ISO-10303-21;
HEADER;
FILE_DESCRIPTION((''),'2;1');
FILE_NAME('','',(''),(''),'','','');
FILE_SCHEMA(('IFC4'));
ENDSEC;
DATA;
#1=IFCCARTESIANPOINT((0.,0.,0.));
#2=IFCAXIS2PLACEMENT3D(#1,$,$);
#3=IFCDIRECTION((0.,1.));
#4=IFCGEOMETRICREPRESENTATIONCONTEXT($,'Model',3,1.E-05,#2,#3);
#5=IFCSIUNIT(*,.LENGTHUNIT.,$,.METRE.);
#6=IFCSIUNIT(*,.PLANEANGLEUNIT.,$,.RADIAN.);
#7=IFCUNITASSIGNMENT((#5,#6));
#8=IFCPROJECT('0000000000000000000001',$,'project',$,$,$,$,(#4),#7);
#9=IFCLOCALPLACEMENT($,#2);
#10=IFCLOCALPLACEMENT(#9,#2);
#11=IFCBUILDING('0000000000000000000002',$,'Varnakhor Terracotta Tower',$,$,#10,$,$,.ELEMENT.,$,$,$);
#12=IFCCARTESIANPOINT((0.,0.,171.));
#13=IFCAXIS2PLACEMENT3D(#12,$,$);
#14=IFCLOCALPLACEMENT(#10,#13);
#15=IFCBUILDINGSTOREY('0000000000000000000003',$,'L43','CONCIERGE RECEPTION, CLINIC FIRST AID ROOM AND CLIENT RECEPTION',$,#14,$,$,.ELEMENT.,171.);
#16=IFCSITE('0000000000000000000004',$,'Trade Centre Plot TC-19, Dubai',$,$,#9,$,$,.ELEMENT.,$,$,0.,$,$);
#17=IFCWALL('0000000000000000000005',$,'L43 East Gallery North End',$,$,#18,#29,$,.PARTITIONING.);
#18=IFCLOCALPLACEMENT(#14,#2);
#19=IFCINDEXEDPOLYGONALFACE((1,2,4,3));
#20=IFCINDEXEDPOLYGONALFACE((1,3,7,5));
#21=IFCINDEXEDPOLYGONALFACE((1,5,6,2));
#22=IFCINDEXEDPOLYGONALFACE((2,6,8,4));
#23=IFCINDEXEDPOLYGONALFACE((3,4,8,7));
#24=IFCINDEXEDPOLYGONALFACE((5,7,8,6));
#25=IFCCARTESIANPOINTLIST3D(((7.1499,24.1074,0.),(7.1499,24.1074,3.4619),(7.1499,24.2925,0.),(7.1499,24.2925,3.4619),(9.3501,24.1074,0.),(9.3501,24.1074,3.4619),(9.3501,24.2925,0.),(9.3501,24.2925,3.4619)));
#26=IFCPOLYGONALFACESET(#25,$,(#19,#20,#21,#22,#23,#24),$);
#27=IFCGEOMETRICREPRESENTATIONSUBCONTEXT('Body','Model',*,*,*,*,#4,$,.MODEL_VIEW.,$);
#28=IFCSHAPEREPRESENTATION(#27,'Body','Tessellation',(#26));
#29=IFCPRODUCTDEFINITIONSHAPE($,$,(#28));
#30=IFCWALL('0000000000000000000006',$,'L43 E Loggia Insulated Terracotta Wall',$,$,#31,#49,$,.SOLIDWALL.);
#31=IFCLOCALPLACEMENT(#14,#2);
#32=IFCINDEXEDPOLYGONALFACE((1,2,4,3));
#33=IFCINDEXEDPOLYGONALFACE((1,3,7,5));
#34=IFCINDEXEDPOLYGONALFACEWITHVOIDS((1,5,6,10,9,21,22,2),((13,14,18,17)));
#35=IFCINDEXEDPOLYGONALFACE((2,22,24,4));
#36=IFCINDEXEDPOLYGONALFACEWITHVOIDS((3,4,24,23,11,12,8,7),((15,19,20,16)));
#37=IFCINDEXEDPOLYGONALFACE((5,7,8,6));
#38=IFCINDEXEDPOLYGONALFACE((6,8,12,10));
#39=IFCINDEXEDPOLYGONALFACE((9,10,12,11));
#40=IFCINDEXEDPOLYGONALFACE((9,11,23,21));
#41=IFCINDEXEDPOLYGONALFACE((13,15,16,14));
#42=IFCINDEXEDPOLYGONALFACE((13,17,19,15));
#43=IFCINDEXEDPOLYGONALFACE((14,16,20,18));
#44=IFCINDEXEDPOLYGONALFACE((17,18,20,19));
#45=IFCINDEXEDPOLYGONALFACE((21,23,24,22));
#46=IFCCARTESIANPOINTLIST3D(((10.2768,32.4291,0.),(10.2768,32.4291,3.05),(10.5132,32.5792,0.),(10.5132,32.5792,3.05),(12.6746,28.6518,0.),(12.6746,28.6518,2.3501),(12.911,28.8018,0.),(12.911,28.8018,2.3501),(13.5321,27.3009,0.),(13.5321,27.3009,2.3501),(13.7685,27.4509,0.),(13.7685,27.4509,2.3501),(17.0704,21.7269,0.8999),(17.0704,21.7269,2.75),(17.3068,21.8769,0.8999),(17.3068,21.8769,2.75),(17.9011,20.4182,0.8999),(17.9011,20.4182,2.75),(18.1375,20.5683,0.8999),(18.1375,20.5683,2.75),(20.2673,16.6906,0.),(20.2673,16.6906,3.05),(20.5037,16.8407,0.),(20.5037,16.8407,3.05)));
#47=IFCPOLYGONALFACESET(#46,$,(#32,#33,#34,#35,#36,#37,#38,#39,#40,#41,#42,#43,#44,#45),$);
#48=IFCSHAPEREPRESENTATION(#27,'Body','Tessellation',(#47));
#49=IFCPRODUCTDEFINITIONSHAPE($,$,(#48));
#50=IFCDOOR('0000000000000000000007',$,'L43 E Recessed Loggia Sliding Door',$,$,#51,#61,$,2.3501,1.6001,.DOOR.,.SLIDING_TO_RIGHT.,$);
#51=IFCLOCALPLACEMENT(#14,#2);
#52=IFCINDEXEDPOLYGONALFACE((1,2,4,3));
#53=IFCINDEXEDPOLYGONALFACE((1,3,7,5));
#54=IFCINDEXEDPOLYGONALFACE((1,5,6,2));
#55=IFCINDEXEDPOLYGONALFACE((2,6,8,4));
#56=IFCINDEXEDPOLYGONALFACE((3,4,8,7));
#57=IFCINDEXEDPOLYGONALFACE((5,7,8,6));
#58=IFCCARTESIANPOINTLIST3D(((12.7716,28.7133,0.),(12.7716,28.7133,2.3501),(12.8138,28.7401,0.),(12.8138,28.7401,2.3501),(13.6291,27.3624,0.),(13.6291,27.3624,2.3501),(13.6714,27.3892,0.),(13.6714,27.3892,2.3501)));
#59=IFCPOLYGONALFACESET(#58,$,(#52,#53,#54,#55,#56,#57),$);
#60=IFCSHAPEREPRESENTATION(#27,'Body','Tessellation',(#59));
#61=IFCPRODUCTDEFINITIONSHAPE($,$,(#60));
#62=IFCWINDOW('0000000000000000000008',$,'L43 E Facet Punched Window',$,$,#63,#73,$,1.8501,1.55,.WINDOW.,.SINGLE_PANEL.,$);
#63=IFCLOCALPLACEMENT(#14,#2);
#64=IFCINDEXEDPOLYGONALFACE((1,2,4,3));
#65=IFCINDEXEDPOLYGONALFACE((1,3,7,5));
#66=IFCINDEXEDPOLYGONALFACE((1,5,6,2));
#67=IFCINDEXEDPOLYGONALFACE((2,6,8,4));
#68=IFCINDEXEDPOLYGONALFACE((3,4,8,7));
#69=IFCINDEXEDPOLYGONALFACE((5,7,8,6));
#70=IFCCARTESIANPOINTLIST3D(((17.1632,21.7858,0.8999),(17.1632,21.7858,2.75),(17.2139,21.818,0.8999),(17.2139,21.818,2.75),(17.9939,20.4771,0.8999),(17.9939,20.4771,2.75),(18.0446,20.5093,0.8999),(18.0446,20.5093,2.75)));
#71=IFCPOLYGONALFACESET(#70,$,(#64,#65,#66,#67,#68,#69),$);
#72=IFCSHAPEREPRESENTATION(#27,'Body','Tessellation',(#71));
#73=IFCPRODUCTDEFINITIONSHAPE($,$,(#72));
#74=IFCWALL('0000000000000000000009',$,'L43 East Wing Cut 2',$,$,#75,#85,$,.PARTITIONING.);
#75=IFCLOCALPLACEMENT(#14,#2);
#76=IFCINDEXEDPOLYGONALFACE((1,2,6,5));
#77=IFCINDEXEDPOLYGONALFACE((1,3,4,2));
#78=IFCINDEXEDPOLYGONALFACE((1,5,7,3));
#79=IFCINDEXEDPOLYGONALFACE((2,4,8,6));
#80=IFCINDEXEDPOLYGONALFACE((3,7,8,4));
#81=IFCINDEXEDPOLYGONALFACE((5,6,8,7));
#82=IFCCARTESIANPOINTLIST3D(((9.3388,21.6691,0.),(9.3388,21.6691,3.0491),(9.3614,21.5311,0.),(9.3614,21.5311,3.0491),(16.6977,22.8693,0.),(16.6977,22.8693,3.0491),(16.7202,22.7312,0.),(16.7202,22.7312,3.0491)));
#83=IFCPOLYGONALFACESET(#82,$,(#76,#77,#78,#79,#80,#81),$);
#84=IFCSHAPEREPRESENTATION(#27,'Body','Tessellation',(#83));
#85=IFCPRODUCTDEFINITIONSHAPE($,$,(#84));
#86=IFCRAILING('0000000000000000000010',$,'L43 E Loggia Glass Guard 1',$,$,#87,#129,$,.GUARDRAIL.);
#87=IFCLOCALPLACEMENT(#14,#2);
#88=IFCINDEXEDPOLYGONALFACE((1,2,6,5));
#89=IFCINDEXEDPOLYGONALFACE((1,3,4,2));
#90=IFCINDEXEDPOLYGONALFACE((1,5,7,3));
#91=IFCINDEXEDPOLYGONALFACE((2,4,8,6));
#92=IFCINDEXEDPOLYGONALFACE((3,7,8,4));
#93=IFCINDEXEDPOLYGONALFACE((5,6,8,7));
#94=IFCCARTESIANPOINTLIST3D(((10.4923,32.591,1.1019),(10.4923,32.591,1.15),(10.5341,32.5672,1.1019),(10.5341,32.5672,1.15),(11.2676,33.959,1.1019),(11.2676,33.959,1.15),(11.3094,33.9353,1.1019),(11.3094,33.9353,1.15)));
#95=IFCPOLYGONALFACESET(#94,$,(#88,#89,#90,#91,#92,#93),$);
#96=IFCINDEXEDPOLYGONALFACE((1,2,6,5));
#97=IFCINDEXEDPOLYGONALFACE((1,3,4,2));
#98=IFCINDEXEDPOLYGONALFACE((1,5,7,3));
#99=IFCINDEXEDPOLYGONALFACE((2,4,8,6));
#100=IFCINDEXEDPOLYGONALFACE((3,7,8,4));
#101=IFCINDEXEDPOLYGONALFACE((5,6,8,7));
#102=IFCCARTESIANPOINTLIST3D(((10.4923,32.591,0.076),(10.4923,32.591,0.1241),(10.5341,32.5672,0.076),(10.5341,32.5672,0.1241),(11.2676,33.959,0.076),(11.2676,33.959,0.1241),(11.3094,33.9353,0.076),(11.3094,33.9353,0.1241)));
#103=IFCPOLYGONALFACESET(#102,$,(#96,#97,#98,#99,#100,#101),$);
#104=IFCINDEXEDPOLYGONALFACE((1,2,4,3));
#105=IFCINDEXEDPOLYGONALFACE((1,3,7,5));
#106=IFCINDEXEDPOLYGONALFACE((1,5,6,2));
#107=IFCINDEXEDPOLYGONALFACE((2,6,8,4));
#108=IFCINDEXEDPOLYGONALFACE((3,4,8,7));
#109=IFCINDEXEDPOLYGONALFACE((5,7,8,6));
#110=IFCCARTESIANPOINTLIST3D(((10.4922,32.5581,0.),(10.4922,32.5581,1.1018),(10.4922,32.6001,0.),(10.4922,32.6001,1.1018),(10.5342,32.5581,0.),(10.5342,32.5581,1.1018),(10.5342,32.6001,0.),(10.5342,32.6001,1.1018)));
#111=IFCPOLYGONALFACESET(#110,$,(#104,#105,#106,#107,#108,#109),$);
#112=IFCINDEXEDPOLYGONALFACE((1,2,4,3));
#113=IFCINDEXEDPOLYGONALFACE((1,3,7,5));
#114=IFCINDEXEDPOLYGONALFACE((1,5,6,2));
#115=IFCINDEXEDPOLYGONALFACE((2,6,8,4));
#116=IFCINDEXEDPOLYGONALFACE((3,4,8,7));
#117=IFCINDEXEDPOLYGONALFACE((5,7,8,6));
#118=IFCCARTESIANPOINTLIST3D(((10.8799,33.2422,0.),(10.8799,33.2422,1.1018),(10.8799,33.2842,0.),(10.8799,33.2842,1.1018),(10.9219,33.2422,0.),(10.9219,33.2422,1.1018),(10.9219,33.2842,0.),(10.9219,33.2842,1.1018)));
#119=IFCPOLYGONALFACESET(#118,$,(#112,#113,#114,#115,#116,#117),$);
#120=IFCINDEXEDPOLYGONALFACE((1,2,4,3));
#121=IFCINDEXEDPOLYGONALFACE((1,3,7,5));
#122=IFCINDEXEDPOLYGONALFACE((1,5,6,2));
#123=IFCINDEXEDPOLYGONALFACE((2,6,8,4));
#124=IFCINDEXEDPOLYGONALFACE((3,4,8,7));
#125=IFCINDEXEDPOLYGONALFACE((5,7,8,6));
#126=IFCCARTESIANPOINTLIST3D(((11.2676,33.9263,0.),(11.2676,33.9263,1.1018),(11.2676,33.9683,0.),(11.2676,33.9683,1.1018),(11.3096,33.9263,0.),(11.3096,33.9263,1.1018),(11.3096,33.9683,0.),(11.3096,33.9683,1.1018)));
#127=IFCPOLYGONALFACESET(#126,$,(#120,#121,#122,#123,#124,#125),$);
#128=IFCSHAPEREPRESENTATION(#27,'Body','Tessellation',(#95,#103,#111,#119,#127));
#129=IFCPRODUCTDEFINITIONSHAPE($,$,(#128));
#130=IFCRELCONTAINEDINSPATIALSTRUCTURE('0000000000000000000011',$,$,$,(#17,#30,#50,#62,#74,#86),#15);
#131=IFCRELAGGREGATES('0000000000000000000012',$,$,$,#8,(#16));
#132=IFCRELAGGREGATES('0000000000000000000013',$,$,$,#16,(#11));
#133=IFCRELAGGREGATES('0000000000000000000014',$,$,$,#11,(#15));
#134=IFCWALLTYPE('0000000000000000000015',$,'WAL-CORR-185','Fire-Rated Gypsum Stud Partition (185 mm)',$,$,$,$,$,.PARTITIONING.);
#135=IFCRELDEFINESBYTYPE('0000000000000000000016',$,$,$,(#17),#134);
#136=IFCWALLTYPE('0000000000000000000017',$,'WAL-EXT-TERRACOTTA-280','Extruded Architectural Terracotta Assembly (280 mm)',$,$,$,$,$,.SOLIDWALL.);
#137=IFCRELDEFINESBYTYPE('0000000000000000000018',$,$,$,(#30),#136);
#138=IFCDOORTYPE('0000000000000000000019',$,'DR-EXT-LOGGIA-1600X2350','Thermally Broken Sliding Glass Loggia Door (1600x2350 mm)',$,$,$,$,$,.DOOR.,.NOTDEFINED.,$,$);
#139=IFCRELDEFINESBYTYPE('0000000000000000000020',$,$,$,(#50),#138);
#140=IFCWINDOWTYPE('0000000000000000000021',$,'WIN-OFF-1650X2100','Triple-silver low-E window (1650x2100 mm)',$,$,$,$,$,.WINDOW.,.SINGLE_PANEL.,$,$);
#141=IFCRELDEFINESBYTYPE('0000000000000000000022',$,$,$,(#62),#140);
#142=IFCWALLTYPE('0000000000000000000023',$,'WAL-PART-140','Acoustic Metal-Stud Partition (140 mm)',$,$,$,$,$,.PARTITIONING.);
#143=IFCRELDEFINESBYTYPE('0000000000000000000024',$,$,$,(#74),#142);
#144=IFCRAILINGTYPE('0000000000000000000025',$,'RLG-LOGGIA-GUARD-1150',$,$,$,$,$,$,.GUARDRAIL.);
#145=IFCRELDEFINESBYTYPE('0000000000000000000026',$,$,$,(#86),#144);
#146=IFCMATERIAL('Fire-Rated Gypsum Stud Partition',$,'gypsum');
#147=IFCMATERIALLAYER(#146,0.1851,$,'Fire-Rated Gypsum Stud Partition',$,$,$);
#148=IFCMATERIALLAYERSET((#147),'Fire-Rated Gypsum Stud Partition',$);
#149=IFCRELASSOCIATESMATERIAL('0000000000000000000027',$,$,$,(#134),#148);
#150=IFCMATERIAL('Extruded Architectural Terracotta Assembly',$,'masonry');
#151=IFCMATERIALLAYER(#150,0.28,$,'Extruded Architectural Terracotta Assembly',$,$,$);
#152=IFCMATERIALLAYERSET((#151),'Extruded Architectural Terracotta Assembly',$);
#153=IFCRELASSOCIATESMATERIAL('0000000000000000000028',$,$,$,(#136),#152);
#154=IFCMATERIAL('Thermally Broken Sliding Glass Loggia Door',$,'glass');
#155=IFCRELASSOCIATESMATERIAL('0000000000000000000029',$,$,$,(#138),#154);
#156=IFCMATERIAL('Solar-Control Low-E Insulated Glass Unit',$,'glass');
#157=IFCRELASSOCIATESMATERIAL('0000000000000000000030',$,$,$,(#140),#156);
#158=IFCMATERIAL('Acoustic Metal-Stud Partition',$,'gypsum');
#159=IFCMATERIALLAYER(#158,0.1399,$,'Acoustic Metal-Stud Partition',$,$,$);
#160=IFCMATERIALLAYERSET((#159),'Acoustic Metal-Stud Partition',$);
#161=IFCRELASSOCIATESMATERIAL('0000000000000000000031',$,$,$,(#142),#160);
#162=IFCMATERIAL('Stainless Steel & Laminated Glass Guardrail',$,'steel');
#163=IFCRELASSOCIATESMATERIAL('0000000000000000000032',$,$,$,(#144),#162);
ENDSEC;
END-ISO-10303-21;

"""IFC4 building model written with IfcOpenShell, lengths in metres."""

from ifc_helpers import new_model, si_unit, direction, frame, frame_2d, origin, origin_2d, place, context, subcontext, project, spatial, rectangle, extrude, source, transform, mapped, material, layer, layer_set, type_object, type_shapes, element, fill, save


model = new_model("IFC4")

# Units and contexts
model_context = context("Model", 3, precision=1e-05, world=origin(), true_north=direction((0.0, 1.0)))
body_context = subcontext(model_context, "Body", "Model", "MODEL_VIEW")
ifc_project = project(units=[si_unit("LENGTHUNIT", "METRE"), si_unit("PLANEANGLEUNIT", "RADIAN")], contexts=[model_context])

# Site, building, storey
site_placement = place(None, origin())
site = spatial("IfcSite", under=ifc_project, at=site_placement, Name="Trade Centre Plot TC-19, Dubai", CompositionType="ELEMENT", RefElevation=0.0)
building_placement = place(site_placement, origin())
building = spatial("IfcBuilding", under=site, at=building_placement, Name="Varnakhor Terracotta Tower", CompositionType="ELEMENT")
storey_placement = place(building_placement, frame((0.0, 0.0, 171.0)))
storey = spatial("IfcBuildingStorey", under=building, at=storey_placement, Name="L43", Description="CONCIERGE RECEPTION, CLINIC FIRST AID ROOM AND CLIENT RECEPTION", CompositionType="ELEMENT", Elevation=171.0)

# Wall
ifc_material_1 = material(Name="Fire-Rated Gypsum Stud Partition", Category="gypsum")
ifc_layer_1 = layer(ifc_material_1, 0.1851, Name="Fire-Rated Gypsum Stud Partition")
ifc_layer_set_1 = layer_set([ifc_layer_1], Name="Fire-Rated Gypsum Stud Partition")
wall_type_1 = type_object("IfcWallType", Name="WAL-CORR-185", Description="Fire-Rated Gypsum Stud Partition (185 mm)", PredefinedType="PARTITIONING", material=ifc_layer_set_1)
wall_1_placement = place(storey_placement, frame((7.1499, 24.2, 0.0), z_axis=(0.0, 0.0, 1.0), x_axis=(1.0, 0.0, 0.0)))
element("IfcWall", 1, at=wall_1_placement, inside=storey, type_object=wall_type_1, Name="L43 East Gallery North End", PredefinedType="PARTITIONING", context=body_context, shape_type="SweptSolid", body=[
    extrude(rectangle(XDim=2.2002, YDim=0.1851, at=frame_2d((1.1001, 0.0))), origin(), (0.0, 0.0, 1.0), 3.4619),
])

# Wall, openings, door, window
ifc_material_2 = material(Name="Extruded Architectural Terracotta Assembly", Category="masonry")
ifc_layer_2 = layer(ifc_material_2, 0.28, Name="Extruded Architectural Terracotta Assembly")
ifc_layer_set_2 = layer_set([ifc_layer_2], Name="Extruded Architectural Terracotta Assembly")
wall_type_2 = type_object("IfcWallType", Name="WAL-EXT-TERRACOTTA-280", Description="Extruded Architectural Terracotta Assembly (280 mm)", PredefinedType="SOLIDWALL", material=ifc_layer_set_2)
wall_2_placement = place(storey_placement, frame((10.395, 32.5042, 0.0), z_axis=(0.0, 0.0, 1.0), x_axis=(0.535923, -0.844267, 0.0)))
wall_2 = element("IfcWall", 2, at=wall_2_placement, inside=storey, type_object=wall_type_2, Name="L43 E Loggia Insulated Terracotta Wall", PredefinedType="SOLIDWALL", context=body_context, shape_type="SweptSolid", body=[
    extrude(rectangle(XDim=18.6416, YDim=0.28, at=frame_2d((9.3208, 0.0))), origin(), (0.0, 0.0, 1.0), 3.05),
])
opening_1_placement = place(wall_2_placement, frame((4.4741, 0.0, 0.0)))
opening_1 = element("IfcOpeningElement", 3, at=opening_1_placement, cuts=wall_2, PredefinedType="OPENING", context=body_context, shape_type="SweptSolid", body=[
    extrude(rectangle(XDim=1.6001, YDim=2.3501, at=frame_2d((0.8, 1.175))), frame((0.0, 0.1499, 0.0), z_axis=(0.0, -1.0, 0.0), x_axis=(1.0, 0.0, 0.0)), (0.0, 0.0, 1.0), 0.3),
])
opening_2_placement = place(wall_2_placement, frame((12.6765, 0.0, 0.8999)))
opening_2 = element("IfcOpeningElement", 4, at=opening_2_placement, cuts=wall_2, PredefinedType="OPENING", context=body_context, shape_type="SweptSolid", body=[
    extrude(rectangle(XDim=1.55, YDim=1.8501, at=frame_2d((0.7749, 0.925))), frame((0.0, 0.1499, 0.0), z_axis=(0.0, -1.0, 0.0), x_axis=(1.0, 0.0, 0.0)), (0.0, 0.0, 1.0), 0.3),
])
ifc_material_3 = material(Name="Thermally Broken Sliding Glass Loggia Door", Category="glass")
door_type = type_object("IfcDoorType", Name="DR-EXT-LOGGIA-1600X2350", Description="Thermally Broken Sliding Glass Loggia Door (1600x2350 mm)", OperationType="NOTDEFINED", PredefinedType="DOOR", material=ifc_material_3)
shared_shape_1 = source(origin(), body_context, "Body", "SweptSolid", [
    extrude(rectangle(XDim=1.6001, YDim=2.3501, at=frame_2d((0.8, 1.175))), frame((0.0, 0.0249, 0.0), z_axis=(0.0, -1.0, 0.0), x_axis=(1.0, 0.0, 0.0)), (0.0, 0.0, 1.0), 0.05),
])
type_shapes(door_type, [shared_shape_1])
door_placement = place(opening_1_placement, origin())
door = element("IfcDoor", 5, at=door_placement, inside=storey, type_object=door_type, Name="L43 E Recessed Loggia Sliding Door", OperationType="SLIDING_TO_RIGHT", OverallHeight=2.3501, OverallWidth=1.6001, PredefinedType="DOOR", context=body_context, shape_type="MappedRepresentation", body=[
    mapped(shared_shape_1, transform((0.0, 0.0, 0.0), scale=1.0)),
])
fill(opening_1, door)
ifc_material_4 = material(Name="Solar-Control Low-E Insulated Glass Unit", Category="glass")
window_type = type_object("IfcWindowType", Name="WIN-OFF-1650X2100", Description="Triple-silver low-E window (1650x2100 mm)", PartitioningType="SINGLE_PANEL", PredefinedType="WINDOW", material=ifc_material_4)
shared_shape_2 = source(origin(), body_context, "Body", "SweptSolid", [
    extrude(rectangle(XDim=1.55, YDim=1.8501, at=frame_2d((0.7749, 0.925))), frame((0.0, 0.03, 0.0), z_axis=(0.0, -1.0, 0.0), x_axis=(1.0, 0.0, 0.0)), (0.0, 0.0, 1.0), 0.0601),
])
type_shapes(window_type, [shared_shape_2])
window_placement = place(opening_2_placement, origin())
window = element("IfcWindow", 6, at=window_placement, inside=storey, type_object=window_type, Name="L43 E Facet Punched Window", OverallHeight=1.8501, OverallWidth=1.55, PartitioningType="SINGLE_PANEL", PredefinedType="WINDOW", context=body_context, shape_type="MappedRepresentation", body=[
    mapped(shared_shape_2, transform((0.0, 0.0, 0.0), scale=1.0)),
])
fill(opening_2, window)

# Wall
ifc_material_5 = material(Name="Acoustic Metal-Stud Partition", Category="gypsum")
ifc_layer_3 = layer(ifc_material_5, 0.1399, Name="Acoustic Metal-Stud Partition")
ifc_layer_set_3 = layer_set([ifc_layer_3], Name="Acoustic Metal-Stud Partition")
wall_type_3 = type_object("IfcWallType", Name="WAL-PART-140", Description="Acoustic Metal-Stud Partition (140 mm)", PredefinedType="PARTITIONING", material=ifc_layer_set_3)
wall_3_placement = place(storey_placement, frame((9.3501, 21.6001, 0.0), z_axis=(0.0, 0.0, 1.0), x_axis=(0.98696, 0.160968, 0.0)))
element("IfcWall", 7, at=wall_3_placement, inside=storey, type_object=wall_type_3, Name="L43 East Wing Cut 2", PredefinedType="PARTITIONING", context=body_context, shape_type="SweptSolid", body=[
    extrude(rectangle(XDim=7.4561, YDim=0.1399, at=frame_2d((3.728, 0.0))), origin(), (0.0, 0.0, 1.0), 3.0491),
])

# Railing
ifc_material_6 = material(Name="Stainless Steel & Laminated Glass Guardrail", Category="steel")
railing_type = type_object("IfcRailingType", Name="RLG-LOGGIA-GUARD-1150", PredefinedType="GUARDRAIL", material=ifc_material_6)
railing_1_placement = place(storey_placement, frame((10.5132, 32.5791, 0.0)))
element("IfcRailing", 8, at=railing_1_placement, inside=storey, type_object=railing_type, Name="L43 E Loggia Glass Guard 1", PredefinedType="GUARDRAIL", context=body_context, shape_type="SweptSolid", body=[
    extrude(rectangle(XDim=0.0481, YDim=0.0481, at=origin_2d()), frame((0.0, 0.0, 1.126), z_axis=(0.49306, 0.869996, 0.0), x_axis=(-0.869996, 0.49306, 0.0)), (0.0, 0.0, 1.0), 1.5725),
    extrude(rectangle(XDim=0.0481, YDim=0.0481, at=origin_2d()), frame((0.0, 0.0, 0.1001), z_axis=(0.49306, 0.869996, 0.0), x_axis=(-0.869996, 0.49306, 0.0)), (0.0, 0.0, 1.0), 1.5725),
    extrude(rectangle(XDim=0.042, YDim=0.042, at=origin_2d()), origin(), (0.0, 0.0, 1.0), 1.1018),
    extrude(rectangle(XDim=0.042, YDim=0.042, at=origin_2d()), frame((0.3877, 0.6841, 0.0)), (0.0, 0.0, 1.0), 1.1018),
    extrude(rectangle(XDim=0.042, YDim=0.042, at=origin_2d()), frame((0.7754, 1.3682, 0.0)), (0.0, 0.0, 1.0), 1.1018),
])

save(model, "model.ifc")
